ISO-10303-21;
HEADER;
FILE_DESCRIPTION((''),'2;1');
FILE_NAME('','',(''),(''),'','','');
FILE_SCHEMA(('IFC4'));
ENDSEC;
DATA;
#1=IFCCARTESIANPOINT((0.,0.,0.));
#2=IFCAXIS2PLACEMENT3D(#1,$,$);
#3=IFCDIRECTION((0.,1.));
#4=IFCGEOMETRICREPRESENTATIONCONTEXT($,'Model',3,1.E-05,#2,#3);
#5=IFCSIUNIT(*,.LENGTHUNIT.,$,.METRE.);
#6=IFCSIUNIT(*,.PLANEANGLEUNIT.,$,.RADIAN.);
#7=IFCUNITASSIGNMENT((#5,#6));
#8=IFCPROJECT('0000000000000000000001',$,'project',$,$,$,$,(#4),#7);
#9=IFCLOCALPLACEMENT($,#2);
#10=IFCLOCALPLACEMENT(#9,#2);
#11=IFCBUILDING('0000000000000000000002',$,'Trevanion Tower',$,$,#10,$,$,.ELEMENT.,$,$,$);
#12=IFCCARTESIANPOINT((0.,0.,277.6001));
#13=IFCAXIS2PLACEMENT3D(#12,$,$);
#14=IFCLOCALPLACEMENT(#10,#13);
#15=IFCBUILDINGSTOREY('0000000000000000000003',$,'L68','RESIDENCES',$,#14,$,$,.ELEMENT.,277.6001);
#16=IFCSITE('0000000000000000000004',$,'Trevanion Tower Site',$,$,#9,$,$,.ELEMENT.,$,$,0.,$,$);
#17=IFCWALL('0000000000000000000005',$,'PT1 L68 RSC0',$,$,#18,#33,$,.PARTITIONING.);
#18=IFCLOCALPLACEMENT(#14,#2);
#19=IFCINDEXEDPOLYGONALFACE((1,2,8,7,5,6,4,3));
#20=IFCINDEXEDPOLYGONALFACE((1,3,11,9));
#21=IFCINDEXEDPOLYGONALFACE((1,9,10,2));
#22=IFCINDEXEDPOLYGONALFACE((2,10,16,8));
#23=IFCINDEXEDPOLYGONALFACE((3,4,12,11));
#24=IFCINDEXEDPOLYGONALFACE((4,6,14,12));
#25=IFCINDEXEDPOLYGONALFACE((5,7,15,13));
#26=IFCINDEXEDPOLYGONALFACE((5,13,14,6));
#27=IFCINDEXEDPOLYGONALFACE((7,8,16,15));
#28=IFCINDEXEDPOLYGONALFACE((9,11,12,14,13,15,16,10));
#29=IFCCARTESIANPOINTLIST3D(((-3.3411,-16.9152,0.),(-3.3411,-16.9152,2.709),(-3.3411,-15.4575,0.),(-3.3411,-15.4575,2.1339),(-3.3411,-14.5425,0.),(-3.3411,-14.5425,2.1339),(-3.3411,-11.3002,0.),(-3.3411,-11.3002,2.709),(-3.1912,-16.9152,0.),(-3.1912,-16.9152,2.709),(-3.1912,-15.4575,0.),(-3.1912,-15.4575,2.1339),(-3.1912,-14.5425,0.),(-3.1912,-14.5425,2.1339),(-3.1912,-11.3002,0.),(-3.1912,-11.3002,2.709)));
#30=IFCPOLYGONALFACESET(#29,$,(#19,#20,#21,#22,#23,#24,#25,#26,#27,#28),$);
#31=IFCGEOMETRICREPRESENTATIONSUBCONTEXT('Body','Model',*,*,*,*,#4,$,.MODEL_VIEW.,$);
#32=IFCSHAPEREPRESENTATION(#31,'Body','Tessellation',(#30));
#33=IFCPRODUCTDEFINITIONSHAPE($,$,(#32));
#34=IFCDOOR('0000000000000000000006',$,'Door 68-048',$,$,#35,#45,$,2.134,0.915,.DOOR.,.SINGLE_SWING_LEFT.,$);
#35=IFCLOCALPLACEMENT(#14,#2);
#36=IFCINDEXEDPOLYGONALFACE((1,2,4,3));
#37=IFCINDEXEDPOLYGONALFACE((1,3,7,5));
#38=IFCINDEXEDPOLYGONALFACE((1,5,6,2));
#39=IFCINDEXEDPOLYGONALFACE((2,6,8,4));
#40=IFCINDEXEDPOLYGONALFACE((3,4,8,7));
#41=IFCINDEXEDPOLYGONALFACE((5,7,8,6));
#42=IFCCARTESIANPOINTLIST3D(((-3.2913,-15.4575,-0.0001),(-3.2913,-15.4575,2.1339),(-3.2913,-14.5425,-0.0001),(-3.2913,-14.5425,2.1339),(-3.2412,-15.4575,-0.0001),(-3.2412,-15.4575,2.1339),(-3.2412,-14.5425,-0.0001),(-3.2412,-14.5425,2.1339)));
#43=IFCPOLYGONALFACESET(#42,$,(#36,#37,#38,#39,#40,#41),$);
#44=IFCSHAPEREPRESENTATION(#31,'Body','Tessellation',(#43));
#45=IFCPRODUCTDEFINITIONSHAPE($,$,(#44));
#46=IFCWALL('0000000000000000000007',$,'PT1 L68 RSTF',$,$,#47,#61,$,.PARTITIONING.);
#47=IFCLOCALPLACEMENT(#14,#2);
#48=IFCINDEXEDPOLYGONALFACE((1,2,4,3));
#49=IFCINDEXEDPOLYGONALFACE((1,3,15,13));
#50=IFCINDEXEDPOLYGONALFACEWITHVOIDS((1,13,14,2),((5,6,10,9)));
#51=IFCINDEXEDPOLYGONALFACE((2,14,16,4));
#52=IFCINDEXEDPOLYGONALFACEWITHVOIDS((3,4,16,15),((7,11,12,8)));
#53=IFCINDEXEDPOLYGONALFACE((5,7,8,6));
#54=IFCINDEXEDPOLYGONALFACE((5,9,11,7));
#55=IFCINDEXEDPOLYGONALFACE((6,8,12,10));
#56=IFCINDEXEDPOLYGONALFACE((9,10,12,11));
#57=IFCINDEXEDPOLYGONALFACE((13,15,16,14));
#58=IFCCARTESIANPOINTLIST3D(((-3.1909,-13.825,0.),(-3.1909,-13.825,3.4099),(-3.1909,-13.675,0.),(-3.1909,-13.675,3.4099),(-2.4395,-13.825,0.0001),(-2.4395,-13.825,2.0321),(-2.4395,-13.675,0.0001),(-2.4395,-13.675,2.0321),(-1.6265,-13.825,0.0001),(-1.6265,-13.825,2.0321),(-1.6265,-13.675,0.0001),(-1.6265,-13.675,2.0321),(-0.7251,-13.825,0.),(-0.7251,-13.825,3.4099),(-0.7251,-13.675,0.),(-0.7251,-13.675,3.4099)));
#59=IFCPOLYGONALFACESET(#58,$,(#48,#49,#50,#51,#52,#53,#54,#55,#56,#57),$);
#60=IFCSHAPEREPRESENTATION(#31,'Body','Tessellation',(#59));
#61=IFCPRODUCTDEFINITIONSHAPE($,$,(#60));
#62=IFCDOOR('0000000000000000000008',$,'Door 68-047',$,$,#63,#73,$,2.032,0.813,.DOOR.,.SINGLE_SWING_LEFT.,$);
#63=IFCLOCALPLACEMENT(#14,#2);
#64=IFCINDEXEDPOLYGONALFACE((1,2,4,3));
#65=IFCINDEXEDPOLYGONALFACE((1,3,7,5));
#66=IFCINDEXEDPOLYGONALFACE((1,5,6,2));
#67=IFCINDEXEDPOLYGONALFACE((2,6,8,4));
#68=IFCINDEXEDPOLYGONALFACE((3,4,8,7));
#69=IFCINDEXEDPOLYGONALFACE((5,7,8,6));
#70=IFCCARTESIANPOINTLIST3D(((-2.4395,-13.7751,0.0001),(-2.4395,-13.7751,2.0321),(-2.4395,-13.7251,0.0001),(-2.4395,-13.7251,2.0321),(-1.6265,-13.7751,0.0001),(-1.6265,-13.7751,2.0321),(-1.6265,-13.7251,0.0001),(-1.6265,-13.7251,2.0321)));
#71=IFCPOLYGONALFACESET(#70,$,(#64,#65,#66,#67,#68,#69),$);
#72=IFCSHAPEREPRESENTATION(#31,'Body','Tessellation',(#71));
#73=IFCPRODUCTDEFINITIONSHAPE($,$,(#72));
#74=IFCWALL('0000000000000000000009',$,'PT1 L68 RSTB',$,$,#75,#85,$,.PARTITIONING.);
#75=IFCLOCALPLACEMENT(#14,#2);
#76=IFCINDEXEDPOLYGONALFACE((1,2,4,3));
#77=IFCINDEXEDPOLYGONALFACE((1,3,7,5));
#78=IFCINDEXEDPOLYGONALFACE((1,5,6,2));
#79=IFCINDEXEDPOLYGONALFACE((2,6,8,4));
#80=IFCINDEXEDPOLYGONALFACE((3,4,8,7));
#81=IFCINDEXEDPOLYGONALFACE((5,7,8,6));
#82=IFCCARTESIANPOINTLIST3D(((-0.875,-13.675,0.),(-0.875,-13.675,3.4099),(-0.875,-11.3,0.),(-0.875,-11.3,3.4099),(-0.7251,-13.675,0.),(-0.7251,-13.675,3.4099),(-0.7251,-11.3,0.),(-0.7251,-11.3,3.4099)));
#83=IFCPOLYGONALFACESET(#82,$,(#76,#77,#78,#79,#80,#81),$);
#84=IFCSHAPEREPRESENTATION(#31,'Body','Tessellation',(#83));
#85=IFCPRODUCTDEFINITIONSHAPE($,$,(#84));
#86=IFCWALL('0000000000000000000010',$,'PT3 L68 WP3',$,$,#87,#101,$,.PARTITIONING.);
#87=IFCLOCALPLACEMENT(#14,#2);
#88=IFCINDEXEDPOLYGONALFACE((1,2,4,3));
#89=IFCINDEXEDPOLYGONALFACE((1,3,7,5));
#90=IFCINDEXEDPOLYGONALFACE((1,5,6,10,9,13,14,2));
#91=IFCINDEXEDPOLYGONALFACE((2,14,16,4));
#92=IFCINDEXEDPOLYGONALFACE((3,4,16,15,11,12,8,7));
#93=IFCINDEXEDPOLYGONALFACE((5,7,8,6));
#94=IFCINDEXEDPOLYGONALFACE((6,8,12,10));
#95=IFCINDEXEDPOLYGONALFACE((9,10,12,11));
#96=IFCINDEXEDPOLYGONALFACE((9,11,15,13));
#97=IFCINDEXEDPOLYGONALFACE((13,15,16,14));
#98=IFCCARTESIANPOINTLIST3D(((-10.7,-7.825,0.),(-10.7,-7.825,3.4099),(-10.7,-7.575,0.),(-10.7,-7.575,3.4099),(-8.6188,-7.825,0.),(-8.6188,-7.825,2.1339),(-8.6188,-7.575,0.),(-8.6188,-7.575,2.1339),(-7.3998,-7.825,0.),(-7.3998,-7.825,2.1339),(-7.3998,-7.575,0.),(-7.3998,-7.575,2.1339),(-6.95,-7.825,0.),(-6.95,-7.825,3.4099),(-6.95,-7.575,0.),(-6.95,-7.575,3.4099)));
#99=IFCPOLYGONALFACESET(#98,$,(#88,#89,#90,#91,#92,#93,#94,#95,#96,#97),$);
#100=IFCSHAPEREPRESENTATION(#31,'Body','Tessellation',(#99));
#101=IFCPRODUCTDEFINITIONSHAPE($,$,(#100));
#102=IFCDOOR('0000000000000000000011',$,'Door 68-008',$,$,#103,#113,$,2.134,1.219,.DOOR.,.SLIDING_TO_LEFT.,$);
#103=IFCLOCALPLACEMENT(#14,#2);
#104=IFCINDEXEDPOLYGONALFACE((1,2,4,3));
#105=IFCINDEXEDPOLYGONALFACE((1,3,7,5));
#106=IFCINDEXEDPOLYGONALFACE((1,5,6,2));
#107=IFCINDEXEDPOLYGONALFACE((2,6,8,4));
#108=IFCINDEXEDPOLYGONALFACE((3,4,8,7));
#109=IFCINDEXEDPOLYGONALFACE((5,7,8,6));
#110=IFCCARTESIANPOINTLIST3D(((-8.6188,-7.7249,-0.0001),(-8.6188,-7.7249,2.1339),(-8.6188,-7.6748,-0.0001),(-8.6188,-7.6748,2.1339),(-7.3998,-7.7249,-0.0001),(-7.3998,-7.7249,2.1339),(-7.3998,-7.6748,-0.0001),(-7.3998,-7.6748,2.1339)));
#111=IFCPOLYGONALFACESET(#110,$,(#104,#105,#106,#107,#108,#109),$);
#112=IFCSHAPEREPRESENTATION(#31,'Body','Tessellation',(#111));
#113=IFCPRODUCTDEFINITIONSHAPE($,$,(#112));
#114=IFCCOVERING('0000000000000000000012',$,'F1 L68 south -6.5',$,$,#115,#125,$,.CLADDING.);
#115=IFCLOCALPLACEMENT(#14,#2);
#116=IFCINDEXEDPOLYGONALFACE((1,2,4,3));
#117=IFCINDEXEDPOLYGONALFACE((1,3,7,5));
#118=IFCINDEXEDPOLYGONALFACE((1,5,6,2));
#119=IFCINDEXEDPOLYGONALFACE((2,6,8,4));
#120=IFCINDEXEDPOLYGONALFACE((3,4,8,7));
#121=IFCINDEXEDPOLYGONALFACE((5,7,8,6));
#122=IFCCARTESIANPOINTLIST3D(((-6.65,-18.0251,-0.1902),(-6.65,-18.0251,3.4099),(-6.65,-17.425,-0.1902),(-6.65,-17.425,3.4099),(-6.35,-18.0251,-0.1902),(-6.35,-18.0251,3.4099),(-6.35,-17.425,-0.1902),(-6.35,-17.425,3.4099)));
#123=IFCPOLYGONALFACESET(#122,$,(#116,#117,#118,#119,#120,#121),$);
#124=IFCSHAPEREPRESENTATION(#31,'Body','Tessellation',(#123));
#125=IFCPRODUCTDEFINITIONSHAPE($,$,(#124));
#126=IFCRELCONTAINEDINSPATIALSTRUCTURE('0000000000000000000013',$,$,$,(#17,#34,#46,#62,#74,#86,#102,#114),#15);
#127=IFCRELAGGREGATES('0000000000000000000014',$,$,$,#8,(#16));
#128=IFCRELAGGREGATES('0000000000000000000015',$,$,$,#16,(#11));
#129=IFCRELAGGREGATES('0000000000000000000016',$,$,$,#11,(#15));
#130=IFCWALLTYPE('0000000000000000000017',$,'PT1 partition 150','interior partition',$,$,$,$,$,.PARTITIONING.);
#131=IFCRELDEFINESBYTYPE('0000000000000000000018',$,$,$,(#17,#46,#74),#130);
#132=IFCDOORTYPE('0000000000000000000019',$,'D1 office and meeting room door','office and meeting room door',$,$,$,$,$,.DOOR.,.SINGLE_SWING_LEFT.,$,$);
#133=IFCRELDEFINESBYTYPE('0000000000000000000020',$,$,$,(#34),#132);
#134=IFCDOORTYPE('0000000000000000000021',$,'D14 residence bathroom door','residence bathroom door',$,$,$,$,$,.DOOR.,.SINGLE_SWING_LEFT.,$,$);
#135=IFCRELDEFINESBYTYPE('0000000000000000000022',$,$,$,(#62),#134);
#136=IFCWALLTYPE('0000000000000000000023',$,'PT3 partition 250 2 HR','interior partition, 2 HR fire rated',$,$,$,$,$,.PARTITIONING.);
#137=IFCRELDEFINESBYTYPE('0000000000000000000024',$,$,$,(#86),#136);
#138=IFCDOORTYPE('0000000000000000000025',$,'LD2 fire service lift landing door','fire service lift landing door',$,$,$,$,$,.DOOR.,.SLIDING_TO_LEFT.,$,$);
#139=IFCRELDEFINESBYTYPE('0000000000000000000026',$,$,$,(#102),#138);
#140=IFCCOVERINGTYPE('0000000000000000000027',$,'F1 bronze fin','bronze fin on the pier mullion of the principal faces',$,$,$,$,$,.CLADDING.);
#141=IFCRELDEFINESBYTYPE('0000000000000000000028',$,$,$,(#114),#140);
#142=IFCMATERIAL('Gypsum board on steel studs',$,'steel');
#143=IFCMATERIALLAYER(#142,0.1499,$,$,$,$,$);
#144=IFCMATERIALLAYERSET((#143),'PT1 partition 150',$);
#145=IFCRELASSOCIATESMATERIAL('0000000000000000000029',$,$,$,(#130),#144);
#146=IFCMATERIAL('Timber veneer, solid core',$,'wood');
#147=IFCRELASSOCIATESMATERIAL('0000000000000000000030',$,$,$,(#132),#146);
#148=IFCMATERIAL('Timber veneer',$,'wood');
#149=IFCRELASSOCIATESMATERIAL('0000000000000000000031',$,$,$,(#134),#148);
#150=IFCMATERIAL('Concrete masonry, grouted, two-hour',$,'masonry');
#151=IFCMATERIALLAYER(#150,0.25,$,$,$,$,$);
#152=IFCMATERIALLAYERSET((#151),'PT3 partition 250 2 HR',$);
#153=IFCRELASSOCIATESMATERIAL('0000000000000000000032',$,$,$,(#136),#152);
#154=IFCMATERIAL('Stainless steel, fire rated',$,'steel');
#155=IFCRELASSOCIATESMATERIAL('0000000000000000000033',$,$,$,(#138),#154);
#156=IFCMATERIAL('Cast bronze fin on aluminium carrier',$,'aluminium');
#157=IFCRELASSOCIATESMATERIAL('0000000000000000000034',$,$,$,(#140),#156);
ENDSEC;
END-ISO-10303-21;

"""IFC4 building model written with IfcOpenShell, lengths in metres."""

from ifc_helpers import new_model, si_unit, direction, frame, frame_2d, origin, origin_2d, place, context, subcontext, project, spatial, rectangle, extrude, material, layer, layer_set, type_object, element, fill, save


model = new_model("IFC4")

# Units and contexts
model_context = context("Model", 3, precision=1e-05, world=origin(), true_north=direction((0.0, 1.0)))
body_context = subcontext(model_context, "Body", "Model", "MODEL_VIEW")
ifc_project = project(units=[si_unit("LENGTHUNIT", "METRE"), si_unit("PLANEANGLEUNIT", "RADIAN")], contexts=[model_context])

# Site, building, storey
site_placement = place(None, origin())
site = spatial("IfcSite", under=ifc_project, at=site_placement, Name="Trevanion Tower Site", CompositionType="ELEMENT", RefElevation=0.0)
building_placement = place(site_placement, origin())
building = spatial("IfcBuilding", under=site, at=building_placement, Name="Trevanion Tower", CompositionType="ELEMENT")
storey_placement = place(building_placement, frame((0.0, 0.0, 277.6001)))
storey = spatial("IfcBuildingStorey", under=building, at=storey_placement, Name="L68", Description="RESIDENCES", CompositionType="ELEMENT", Elevation=277.6001)

# Walls, openings, doors
ifc_material_1 = material(Name="Gypsum board on steel studs", Category="steel")
ifc_layer_1 = layer(ifc_material_1, 0.1499)
ifc_layer_set_1 = layer_set([ifc_layer_1], Name="PT1 partition 150")
wall_type_1 = type_object("IfcWallType", Name="PT1 partition 150", Description="interior partition", PredefinedType="PARTITIONING", material=ifc_layer_set_1)
wall_1_placement = place(storey_placement, frame((-3.2661, -11.3, 0.0), z_axis=(0.0, 0.0, 1.0), x_axis=(0.0, -1.0, 0.0)))
wall_1 = element("IfcWall", 1, at=wall_1_placement, inside=storey, type_object=wall_type_1, Name="PT1 L68 RSC0", PredefinedType="PARTITIONING", context=body_context, shape_type="SweptSolid", body=[
    extrude(rectangle(XDim=5.615, YDim=0.1499, at=frame_2d((2.8076, 0.0))), origin(), (0.0, 0.0, 1.0), 2.709),
])
opening_1_placement = place(wall_1_placement, frame((3.2424, 0.0, 0.0)))
opening_1 = element("IfcOpeningElement", 2, at=opening_1_placement, cuts=wall_1, PredefinedType="OPENING", context=body_context, shape_type="SweptSolid", body=[
    extrude(rectangle(XDim=0.915, YDim=2.134, at=frame_2d((0.4575, 1.0669))), frame((0.0, 0.085, 0.0), z_axis=(0.0, -1.0, 0.0), x_axis=(1.0, 0.0, 0.0)), (0.0, 0.0, 1.0), 0.1699),
])
ifc_material_2 = material(Name="Timber veneer, solid core", Category="wood")
door_type_1 = type_object("IfcDoorType", Name="D1 office and meeting room door", Description="office and meeting room door", OperationType="SINGLE_SWING_LEFT", PredefinedType="DOOR", material=ifc_material_2)
door_1_placement = place(opening_1_placement, origin())
door_1 = element("IfcDoor", 3, at=door_1_placement, inside=storey, type_object=door_type_1, Name="Door 68-048", OperationType="SINGLE_SWING_LEFT", OverallHeight=2.134, OverallWidth=0.915, PredefinedType="DOOR", context=body_context, shape_type="SweptSolid", body=[
    extrude(rectangle(XDim=0.915, YDim=2.134, at=frame_2d((0.4575, 1.0669))), frame((0.0, 0.0249, 0.0), z_axis=(0.0, -1.0, 0.0), x_axis=(1.0, 0.0, 0.0)), (0.0, 0.0, 1.0), 0.05),
])
fill(opening_1, door_1)
wall_2_placement = place(storey_placement, frame((-3.1909, -13.75, 0.0), z_axis=(0.0, 0.0, 1.0), x_axis=(1.0, 0.0, 0.0)))
wall_2 = element("IfcWall", 4, at=wall_2_placement, inside=storey, type_object=wall_type_1, Name="PT1 L68 RSTF", PredefinedType="PARTITIONING", context=body_context, shape_type="SweptSolid", body=[
    extrude(rectangle(XDim=2.4658, YDim=0.1499, at=frame_2d((1.2329, 0.0))), origin(), (0.0, 0.0, 1.0), 3.4099),
])
opening_2_placement = place(wall_2_placement, frame((0.7515, 0.0, 0.0)))
opening_2 = element("IfcOpeningElement", 5, at=opening_2_placement, cuts=wall_2, PredefinedType="OPENING", context=body_context, shape_type="SweptSolid", body=[
    extrude(rectangle(XDim=0.813, YDim=2.032, at=frame_2d((0.4065, 1.0161))), frame((0.0, 0.085, 0.0), z_axis=(0.0, -1.0, 0.0), x_axis=(1.0, 0.0, 0.0)), (0.0, 0.0, 1.0), 0.1699),
])
ifc_material_3 = material(Name="Timber veneer", Category="wood")
door_type_2 = type_object("IfcDoorType", Name="D14 residence bathroom door", Description="residence bathroom door", OperationType="SINGLE_SWING_LEFT", PredefinedType="DOOR", material=ifc_material_3)
door_2_placement = place(opening_2_placement, origin())
door_2 = element("IfcDoor", 6, at=door_2_placement, inside=storey, type_object=door_type_2, Name="Door 68-047", OperationType="SINGLE_SWING_LEFT", OverallHeight=2.032, OverallWidth=0.813, PredefinedType="DOOR", context=body_context, shape_type="SweptSolid", body=[
    extrude(rectangle(XDim=0.813, YDim=2.032, at=frame_2d((0.4065, 1.0161))), frame((0.0, 0.0249, 0.0), z_axis=(0.0, -1.0, 0.0), x_axis=(1.0, 0.0, 0.0)), (0.0, 0.0, 1.0), 0.05),
])
fill(opening_2, door_2)

# Wall
wall_3_placement = place(storey_placement, frame((-0.8, -11.3, 0.0), z_axis=(0.0, 0.0, 1.0), x_axis=(0.0, -1.0, 0.0)))
element("IfcWall", 7, at=wall_3_placement, inside=storey, type_object=wall_type_1, Name="PT1 L68 RSTB", PredefinedType="PARTITIONING", context=body_context, shape_type="SweptSolid", body=[
    extrude(rectangle(XDim=2.375, YDim=0.1499, at=frame_2d((1.1875, 0.0))), origin(), (0.0, 0.0, 1.0), 3.4099),
])

# Wall, opening, door
ifc_material_4 = material(Name="Concrete masonry, grouted, two-hour", Category="masonry")
ifc_layer_2 = layer(ifc_material_4, 0.25)
ifc_layer_set_2 = layer_set([ifc_layer_2], Name="PT3 partition 250 2 HR")
wall_type_2 = type_object("IfcWallType", Name="PT3 partition 250 2 HR", Description="interior partition, 2 HR fire rated", PredefinedType="PARTITIONING", material=ifc_layer_set_2)
wall_4_placement = place(storey_placement, frame((-6.95, -7.7, 0.0), z_axis=(0.0, 0.0, 1.0), x_axis=(-1.0, 0.0, 0.0)))
wall_4 = element("IfcWall", 8, at=wall_4_placement, inside=storey, type_object=wall_type_2, Name="PT3 L68 WP3", PredefinedType="PARTITIONING", context=body_context, shape_type="SweptSolid", body=[
    extrude(rectangle(XDim=3.75, YDim=0.25, at=frame_2d((1.875, 0.0))), origin(), (0.0, 0.0, 1.0), 3.4099),
])
opening_3_placement = place(wall_4_placement, frame((0.45, 0.0, 0.0)))
opening_3 = element("IfcOpeningElement", 9, at=opening_3_placement, cuts=wall_4, PredefinedType="OPENING", context=body_context, shape_type="SweptSolid", body=[
    extrude(rectangle(XDim=1.219, YDim=2.134, at=frame_2d((0.6094, 1.0669))), frame((0.0, 0.135, 0.0), z_axis=(0.0, -1.0, 0.0), x_axis=(1.0, 0.0, 0.0)), (0.0, 0.0, 1.0), 0.27),
])
ifc_material_5 = material(Name="Stainless steel, fire rated", Category="steel")
door_type_3 = type_object("IfcDoorType", Name="LD2 fire service lift landing door", Description="fire service lift landing door", OperationType="SLIDING_TO_LEFT", PredefinedType="DOOR", material=ifc_material_5)
door_3_placement = place(opening_3_placement, origin())
door_3 = element("IfcDoor", 10, at=door_3_placement, inside=storey, type_object=door_type_3, Name="Door 68-008", OperationType="SLIDING_TO_LEFT", OverallHeight=2.134, OverallWidth=1.219, PredefinedType="DOOR", context=body_context, shape_type="SweptSolid", body=[
    extrude(rectangle(XDim=1.219, YDim=2.134, at=frame_2d((0.6094, 1.0669))), frame((0.0, 0.0249, 0.0), z_axis=(0.0, -1.0, 0.0), x_axis=(1.0, 0.0, 0.0)), (0.0, 0.0, 1.0), 0.05),
])
fill(opening_3, door_3)

# Covering
ifc_material_6 = material(Name="Cast bronze fin on aluminium carrier", Category="aluminium")
covering_type = type_object("IfcCoveringType", Name="F1 bronze fin", Description="bronze fin on the pier mullion of the principal faces", PredefinedType="CLADDING", material=ifc_material_6)
covering_placement = place(storey_placement, frame((-6.5, -17.7251, -0.1902), z_axis=(0.0, 0.0, 1.0), x_axis=(1.0, 0.0, 0.0)))
element("IfcCovering", 11, at=covering_placement, inside=storey, type_object=covering_type, Name="F1 L68 south -6.5", PredefinedType="CLADDING", context=body_context, shape_type="SweptSolid", body=[
    extrude(rectangle(XDim=0.3, YDim=0.6001, at=origin_2d()), origin(), (0.0, 0.0, 1.0), 3.6001),
])

save(model, "model.ifc")
